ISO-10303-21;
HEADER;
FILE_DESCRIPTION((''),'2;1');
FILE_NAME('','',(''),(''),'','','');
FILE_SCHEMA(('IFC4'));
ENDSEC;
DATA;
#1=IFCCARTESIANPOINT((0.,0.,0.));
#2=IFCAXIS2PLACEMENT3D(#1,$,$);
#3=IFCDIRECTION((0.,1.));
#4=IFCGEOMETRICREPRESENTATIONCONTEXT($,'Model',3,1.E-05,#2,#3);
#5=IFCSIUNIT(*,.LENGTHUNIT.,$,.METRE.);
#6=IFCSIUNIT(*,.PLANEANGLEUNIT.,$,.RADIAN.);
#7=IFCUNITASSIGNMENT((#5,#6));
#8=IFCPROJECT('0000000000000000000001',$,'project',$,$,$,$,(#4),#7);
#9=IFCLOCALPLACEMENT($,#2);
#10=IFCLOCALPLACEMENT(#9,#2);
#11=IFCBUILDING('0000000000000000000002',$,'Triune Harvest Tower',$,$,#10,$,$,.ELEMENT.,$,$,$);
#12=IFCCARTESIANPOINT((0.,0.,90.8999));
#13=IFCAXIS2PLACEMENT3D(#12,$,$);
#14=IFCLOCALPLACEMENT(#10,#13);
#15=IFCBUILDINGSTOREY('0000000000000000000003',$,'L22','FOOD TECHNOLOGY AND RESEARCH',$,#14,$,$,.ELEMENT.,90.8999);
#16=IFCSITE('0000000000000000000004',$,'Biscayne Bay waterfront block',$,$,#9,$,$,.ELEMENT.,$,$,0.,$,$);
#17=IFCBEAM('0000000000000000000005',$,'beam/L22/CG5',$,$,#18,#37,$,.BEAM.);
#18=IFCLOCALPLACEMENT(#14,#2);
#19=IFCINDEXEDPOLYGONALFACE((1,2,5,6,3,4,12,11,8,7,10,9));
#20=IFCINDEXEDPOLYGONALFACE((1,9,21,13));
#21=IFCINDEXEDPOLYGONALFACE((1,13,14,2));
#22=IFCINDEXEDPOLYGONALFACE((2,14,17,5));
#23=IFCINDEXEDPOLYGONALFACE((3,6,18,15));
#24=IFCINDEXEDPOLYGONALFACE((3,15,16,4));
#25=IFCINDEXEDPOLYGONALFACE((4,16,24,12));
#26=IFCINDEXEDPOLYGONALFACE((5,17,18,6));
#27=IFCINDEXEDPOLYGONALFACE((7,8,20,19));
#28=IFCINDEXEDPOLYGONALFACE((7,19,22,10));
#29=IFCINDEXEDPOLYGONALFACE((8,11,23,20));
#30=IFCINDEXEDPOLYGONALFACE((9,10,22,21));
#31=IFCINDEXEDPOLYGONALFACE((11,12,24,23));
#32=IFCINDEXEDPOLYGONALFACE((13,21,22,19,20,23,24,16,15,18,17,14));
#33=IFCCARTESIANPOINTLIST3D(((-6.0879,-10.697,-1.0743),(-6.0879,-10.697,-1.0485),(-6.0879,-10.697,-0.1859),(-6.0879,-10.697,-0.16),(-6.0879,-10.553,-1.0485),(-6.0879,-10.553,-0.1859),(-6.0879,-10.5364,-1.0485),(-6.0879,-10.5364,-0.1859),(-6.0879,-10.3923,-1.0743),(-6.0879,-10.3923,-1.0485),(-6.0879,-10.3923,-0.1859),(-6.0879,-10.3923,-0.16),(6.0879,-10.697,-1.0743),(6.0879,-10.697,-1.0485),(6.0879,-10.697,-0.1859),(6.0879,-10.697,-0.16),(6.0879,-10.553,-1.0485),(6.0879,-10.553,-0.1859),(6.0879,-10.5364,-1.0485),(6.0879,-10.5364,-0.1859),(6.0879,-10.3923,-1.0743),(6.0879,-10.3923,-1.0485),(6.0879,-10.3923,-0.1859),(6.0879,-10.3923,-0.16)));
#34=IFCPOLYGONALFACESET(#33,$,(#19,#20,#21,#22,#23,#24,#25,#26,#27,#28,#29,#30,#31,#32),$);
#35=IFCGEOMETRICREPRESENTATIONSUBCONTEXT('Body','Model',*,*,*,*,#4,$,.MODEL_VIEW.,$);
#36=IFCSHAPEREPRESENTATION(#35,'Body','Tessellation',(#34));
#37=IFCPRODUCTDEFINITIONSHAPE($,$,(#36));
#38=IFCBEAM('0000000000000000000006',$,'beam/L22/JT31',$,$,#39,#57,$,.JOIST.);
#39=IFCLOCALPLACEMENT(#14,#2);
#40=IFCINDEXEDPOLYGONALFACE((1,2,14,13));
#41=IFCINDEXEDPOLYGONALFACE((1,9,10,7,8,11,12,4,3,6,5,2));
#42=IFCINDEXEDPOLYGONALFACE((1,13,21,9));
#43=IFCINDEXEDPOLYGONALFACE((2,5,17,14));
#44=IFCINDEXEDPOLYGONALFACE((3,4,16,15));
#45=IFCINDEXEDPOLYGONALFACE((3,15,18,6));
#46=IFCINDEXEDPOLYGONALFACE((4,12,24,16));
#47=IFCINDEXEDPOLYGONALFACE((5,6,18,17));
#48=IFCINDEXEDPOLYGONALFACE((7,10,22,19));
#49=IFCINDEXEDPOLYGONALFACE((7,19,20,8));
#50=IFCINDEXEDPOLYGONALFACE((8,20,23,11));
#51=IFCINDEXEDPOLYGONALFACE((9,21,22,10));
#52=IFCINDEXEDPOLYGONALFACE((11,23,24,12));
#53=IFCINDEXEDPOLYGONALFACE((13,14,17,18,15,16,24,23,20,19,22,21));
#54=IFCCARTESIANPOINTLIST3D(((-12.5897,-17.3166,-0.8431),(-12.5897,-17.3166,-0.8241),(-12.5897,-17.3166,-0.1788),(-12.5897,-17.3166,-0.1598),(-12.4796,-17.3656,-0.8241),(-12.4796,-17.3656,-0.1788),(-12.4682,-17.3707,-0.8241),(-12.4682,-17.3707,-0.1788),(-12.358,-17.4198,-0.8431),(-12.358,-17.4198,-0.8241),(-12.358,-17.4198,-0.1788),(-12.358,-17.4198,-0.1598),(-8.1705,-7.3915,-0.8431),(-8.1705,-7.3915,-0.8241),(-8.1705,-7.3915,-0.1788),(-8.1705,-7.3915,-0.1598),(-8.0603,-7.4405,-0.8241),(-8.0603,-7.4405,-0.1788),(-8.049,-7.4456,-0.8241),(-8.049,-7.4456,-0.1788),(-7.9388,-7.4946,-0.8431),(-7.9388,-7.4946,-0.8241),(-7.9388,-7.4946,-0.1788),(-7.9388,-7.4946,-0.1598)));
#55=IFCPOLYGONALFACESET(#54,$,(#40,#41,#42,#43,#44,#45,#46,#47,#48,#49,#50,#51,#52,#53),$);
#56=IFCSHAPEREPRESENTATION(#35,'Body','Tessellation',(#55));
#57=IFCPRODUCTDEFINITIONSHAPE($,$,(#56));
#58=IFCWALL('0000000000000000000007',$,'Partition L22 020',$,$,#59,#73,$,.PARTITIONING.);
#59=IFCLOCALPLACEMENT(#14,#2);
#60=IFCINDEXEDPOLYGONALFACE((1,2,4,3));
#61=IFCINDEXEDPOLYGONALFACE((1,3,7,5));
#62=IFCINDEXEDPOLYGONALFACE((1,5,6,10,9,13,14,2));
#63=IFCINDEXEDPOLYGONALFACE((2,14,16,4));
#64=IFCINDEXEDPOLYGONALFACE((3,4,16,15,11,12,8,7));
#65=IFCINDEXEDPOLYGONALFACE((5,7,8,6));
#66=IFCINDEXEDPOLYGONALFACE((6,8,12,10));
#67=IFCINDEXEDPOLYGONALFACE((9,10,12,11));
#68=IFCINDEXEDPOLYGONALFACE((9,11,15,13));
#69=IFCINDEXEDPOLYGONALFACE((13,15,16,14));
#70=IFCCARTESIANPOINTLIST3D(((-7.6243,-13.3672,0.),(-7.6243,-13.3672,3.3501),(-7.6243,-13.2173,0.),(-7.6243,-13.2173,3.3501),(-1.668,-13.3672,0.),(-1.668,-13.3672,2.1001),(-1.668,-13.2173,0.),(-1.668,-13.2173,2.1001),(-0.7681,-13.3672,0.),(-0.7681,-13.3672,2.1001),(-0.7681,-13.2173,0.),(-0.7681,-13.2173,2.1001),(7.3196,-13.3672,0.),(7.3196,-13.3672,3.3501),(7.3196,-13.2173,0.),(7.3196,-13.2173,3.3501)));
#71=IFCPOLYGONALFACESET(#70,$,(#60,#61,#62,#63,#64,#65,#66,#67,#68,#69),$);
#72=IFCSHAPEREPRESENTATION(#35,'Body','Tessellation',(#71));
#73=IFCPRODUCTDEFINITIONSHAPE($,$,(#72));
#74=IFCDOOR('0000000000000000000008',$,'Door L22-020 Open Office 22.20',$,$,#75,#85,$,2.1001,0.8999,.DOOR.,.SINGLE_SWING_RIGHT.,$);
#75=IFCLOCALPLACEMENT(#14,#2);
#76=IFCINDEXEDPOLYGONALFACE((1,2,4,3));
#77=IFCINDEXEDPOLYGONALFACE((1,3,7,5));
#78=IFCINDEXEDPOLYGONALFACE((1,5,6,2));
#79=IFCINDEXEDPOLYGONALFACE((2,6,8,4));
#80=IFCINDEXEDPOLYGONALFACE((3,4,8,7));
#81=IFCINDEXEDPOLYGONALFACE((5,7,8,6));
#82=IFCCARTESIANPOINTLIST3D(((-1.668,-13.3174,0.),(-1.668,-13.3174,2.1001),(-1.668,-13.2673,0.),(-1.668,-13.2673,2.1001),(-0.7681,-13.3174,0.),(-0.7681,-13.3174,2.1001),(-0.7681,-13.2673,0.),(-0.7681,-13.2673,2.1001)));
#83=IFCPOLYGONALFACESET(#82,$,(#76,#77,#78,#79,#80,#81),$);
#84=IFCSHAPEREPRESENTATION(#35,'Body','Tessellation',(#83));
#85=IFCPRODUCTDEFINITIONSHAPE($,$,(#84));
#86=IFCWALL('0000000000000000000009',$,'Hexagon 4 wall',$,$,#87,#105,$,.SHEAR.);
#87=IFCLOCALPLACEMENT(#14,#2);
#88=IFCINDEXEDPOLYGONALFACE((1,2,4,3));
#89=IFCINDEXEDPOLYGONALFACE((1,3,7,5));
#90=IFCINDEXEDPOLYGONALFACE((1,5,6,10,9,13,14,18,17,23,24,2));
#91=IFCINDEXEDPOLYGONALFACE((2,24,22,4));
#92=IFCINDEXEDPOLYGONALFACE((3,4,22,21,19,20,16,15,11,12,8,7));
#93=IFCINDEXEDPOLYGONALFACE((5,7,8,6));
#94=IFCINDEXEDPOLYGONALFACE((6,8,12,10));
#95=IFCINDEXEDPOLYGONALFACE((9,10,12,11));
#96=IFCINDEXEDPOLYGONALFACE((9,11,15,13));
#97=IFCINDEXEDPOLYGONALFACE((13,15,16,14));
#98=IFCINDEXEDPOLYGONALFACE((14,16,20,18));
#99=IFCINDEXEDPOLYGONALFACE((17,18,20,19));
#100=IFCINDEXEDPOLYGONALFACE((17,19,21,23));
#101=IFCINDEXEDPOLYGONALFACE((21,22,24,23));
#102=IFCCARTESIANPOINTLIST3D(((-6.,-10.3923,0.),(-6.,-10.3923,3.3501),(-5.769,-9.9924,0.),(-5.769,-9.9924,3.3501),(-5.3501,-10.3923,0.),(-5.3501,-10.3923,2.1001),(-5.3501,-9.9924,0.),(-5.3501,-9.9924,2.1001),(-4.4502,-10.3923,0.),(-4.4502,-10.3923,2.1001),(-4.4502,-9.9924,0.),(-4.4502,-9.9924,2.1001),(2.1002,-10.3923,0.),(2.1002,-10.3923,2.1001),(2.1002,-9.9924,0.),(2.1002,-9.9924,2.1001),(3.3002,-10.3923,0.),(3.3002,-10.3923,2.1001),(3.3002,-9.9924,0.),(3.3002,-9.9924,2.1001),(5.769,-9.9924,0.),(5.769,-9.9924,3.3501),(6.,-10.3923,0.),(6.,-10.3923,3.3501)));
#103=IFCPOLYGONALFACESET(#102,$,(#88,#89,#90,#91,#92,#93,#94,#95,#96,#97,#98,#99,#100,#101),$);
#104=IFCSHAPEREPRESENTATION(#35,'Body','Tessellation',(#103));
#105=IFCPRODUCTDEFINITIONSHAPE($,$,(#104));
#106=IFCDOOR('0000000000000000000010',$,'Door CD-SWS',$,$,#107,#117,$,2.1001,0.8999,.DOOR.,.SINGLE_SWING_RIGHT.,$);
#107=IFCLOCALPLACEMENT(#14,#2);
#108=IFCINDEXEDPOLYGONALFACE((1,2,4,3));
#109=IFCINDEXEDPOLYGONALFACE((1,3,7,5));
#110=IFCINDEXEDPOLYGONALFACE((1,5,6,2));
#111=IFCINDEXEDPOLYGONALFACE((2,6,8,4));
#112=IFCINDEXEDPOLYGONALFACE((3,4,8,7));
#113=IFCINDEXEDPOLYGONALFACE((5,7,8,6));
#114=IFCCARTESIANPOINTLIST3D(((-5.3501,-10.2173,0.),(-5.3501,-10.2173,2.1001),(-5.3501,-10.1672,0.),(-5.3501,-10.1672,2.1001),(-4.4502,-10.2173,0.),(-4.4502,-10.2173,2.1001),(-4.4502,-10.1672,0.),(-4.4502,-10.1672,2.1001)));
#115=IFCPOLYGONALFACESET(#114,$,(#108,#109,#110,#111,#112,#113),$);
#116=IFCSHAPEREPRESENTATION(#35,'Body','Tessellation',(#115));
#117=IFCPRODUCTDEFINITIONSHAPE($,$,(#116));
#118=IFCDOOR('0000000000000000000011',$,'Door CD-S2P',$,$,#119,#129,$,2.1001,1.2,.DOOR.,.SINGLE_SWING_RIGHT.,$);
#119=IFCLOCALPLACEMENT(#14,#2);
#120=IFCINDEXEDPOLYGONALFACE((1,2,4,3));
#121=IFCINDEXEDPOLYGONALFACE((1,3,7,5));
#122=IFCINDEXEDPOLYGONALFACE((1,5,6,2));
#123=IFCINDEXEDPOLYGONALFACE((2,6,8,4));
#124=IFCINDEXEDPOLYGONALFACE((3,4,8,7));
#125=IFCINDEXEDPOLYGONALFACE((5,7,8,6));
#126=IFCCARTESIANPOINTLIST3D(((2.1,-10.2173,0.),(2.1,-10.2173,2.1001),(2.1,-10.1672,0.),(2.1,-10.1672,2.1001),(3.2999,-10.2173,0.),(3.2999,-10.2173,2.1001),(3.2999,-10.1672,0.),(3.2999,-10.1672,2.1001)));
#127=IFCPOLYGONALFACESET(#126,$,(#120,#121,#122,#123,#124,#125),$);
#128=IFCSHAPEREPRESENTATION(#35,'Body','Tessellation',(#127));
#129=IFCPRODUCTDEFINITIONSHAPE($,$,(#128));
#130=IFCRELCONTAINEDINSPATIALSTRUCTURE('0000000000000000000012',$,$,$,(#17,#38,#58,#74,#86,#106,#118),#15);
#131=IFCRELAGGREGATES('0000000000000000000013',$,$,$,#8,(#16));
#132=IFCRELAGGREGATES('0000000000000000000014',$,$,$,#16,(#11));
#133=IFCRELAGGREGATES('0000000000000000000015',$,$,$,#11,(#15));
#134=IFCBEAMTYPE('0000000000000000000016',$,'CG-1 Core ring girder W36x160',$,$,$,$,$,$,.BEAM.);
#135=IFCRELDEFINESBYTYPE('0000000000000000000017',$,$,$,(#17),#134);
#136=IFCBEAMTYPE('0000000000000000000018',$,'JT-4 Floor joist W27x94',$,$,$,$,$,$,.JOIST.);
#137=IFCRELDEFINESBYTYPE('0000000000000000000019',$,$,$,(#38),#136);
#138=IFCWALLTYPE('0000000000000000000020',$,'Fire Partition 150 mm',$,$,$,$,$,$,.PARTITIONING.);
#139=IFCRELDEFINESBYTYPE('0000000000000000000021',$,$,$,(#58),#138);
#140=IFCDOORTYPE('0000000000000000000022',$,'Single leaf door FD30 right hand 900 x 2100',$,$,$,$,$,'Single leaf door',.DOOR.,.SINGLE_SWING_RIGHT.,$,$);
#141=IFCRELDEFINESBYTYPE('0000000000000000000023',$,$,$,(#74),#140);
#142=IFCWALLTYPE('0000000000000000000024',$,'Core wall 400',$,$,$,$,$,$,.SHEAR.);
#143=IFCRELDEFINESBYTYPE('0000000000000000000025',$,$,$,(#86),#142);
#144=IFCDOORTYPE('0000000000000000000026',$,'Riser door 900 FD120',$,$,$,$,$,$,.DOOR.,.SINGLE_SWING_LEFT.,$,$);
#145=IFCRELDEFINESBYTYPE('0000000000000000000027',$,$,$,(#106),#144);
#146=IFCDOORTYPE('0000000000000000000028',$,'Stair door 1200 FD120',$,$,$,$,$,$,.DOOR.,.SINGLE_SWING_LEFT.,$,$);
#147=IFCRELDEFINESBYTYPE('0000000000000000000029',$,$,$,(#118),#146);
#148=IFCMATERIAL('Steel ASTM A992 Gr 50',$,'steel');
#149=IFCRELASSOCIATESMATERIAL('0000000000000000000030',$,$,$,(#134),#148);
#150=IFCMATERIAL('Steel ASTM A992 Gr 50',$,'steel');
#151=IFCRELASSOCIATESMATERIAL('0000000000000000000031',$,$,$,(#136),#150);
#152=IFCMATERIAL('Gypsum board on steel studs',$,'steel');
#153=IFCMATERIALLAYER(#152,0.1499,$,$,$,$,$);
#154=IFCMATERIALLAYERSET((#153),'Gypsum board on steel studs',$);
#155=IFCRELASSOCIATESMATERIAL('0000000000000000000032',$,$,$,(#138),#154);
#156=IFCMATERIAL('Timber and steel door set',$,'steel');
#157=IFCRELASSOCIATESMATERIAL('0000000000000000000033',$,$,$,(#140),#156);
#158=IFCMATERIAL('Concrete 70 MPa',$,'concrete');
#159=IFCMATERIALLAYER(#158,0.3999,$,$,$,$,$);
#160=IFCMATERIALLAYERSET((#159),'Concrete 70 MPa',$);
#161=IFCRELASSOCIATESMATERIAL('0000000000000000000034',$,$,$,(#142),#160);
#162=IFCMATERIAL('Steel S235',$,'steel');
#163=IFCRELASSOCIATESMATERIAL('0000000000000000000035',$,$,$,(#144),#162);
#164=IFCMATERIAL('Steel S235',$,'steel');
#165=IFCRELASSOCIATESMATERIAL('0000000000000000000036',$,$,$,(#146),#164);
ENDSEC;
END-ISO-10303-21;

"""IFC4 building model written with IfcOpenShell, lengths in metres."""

from ifc_helpers import new_model, si_unit, direction, frame, frame_2d, origin, origin_2d, place, context, subcontext, project, spatial, polyline, rectangle, i_section, outline, extrude, source, transform, mapped, material, layer, layer_set, material_profile, profile_set, type_object, element, fill, save


model = new_model("IFC4")

# Units and contexts
model_context = context("Model", 3, precision=1e-05, world=origin(), true_north=direction((0.0, 1.0)))
body_context = subcontext(model_context, "Body", "Model", "MODEL_VIEW")
ifc_project = project(units=[si_unit("LENGTHUNIT", "METRE"), si_unit("PLANEANGLEUNIT", "RADIAN")], contexts=[model_context])

# Site, building, storey
site_placement = place(None, origin())
site = spatial("IfcSite", under=ifc_project, at=site_placement, Name="Biscayne Bay waterfront block", CompositionType="ELEMENT", RefElevation=0.0)
building_placement = place(site_placement, origin())
building = spatial("IfcBuilding", under=site, at=building_placement, Name="Triune Harvest Tower", CompositionType="ELEMENT")
storey_placement = place(building_placement, frame((0.0, 0.0, 90.8999)))
storey = spatial("IfcBuildingStorey", under=building, at=storey_placement, Name="L22", Description="FOOD TECHNOLOGY AND RESEARCH", CompositionType="ELEMENT", Elevation=90.8999)

# Beams
ifc_material_1 = material(Name="Steel ASTM A992 Gr 50", Category="steel")
ifc_material_profile_1 = material_profile(ifc_material_1, i_section(OverallWidth=0.3047, OverallDepth=0.9143, WebThickness=0.0166, FlangeThickness=0.0259, at=origin_2d()), Name="W36x160")
ifc_profile_set_1 = profile_set([ifc_material_profile_1], Name="Steel ASTM A992 Gr 50")
beam_type_1 = type_object("IfcBeamType", Name="CG-1 Core ring girder W36x160", PredefinedType="BEAM", material=ifc_profile_set_1)
shared_shape_1 = source(origin(), body_context, "Body", "SweptSolid", [
    extrude(i_section(OverallWidth=0.3047, OverallDepth=0.9143, WebThickness=0.0166, FlangeThickness=0.0259, at=origin_2d()), origin(), (0.0, 0.0, 1.0), 12.1758),
])
beam_1_placement = place(storey_placement, frame((-6.0879, -10.5447, -0.6172), z_axis=(1.0, 0.0, 0.0), x_axis=(0.0, 1.0, 0.0)))
element("IfcBeam", 1, at=beam_1_placement, inside=storey, type_object=beam_type_1, Name="beam/L22/CG5", PredefinedType="BEAM", context=body_context, shape_type="MappedRepresentation", body=[
    mapped(shared_shape_1, transform((0.0, 0.0, 0.0), scale=1.0)),
])
ifc_material_2 = material(Name="Steel ASTM A992 Gr 50", Category="steel")
ifc_material_profile_2 = material_profile(ifc_material_2, i_section(OverallWidth=0.2537, OverallDepth=0.6833, WebThickness=0.0125, FlangeThickness=0.019, at=origin_2d()), Name="W27x94")
ifc_profile_set_2 = profile_set([ifc_material_profile_2], Name="Steel ASTM A992 Gr 50")
beam_type_2 = type_object("IfcBeamType", Name="JT-4 Floor joist W27x94", PredefinedType="JOIST", material=ifc_profile_set_2)
shared_shape_2 = source(origin(), body_context, "Body", "SweptSolid", [
    extrude(i_section(OverallWidth=0.2537, OverallDepth=0.6833, WebThickness=0.0125, FlangeThickness=0.019, at=origin_2d()), origin(), (0.0, 0.0, 1.0), 10.8645),
])
beam_2_placement = place(storey_placement, frame((-12.4739, -17.3682, -0.5015), z_axis=(0.406758, 0.913536, 0.0), x_axis=(-0.913536, 0.406758, 0.0)))
element("IfcBeam", 2, at=beam_2_placement, inside=storey, type_object=beam_type_2, Name="beam/L22/JT31", PredefinedType="JOIST", context=body_context, shape_type="MappedRepresentation", body=[
    mapped(shared_shape_2, transform((0.0, 0.0, 0.0), scale=1.0)),
])

# Wall, opening, door
ifc_material_3 = material(Name="Gypsum board on steel studs", Category="steel")
ifc_layer_1 = layer(ifc_material_3, 0.1499)
ifc_layer_set_1 = layer_set([ifc_layer_1], Name="Gypsum board on steel studs")
wall_type_1 = type_object("IfcWallType", Name="Fire Partition 150 mm", PredefinedType="PARTITIONING", material=ifc_layer_set_1)
wall_1_placement = place(storey_placement, frame((-7.6243, -13.2922, 0.0), z_axis=(0.0, 0.0, 1.0), x_axis=(1.0, 0.0, 0.0)))
wall_1 = element("IfcWall", 3, at=wall_1_placement, inside=storey, type_object=wall_type_1, Name="Partition L22 020", PredefinedType="PARTITIONING", context=body_context, shape_type="SweptSolid", body=[
    extrude(rectangle(XDim=14.9438, YDim=0.1499, at=frame_2d((7.4719, 0.0))), origin(), (0.0, 0.0, 1.0), 3.3501),
])
opening_1_placement = place(wall_1_placement, frame((5.9563, 0.0, 0.0)))
opening_1 = element("IfcOpeningElement", 4, at=opening_1_placement, cuts=wall_1, PredefinedType="OPENING", context=body_context, shape_type="SweptSolid", body=[
    extrude(rectangle(XDim=0.8999, YDim=2.1001, at=frame_2d((0.45, 1.05))), frame((0.0, 0.085, 0.0), z_axis=(0.0, -1.0, 0.0), x_axis=(1.0, 0.0, 0.0)), (0.0, 0.0, 1.0), 0.1699),
])
ifc_material_4 = material(Name="Timber and steel door set", Category="steel")
door_type_1 = type_object("IfcDoorType", Name="Single leaf door FD30 right hand 900 x 2100", ElementType="Single leaf door", OperationType="SINGLE_SWING_RIGHT", PredefinedType="DOOR", material=ifc_material_4)
door_1_placement = place(opening_1_placement, origin())
door_1 = element("IfcDoor", 5, at=door_1_placement, inside=storey, type_object=door_type_1, Name="Door L22-020 Open Office 22.20", OperationType="SINGLE_SWING_RIGHT", OverallHeight=2.1001, OverallWidth=0.8999, PredefinedType="DOOR", context=body_context, shape_type="SweptSolid", body=[
    extrude(rectangle(XDim=0.8999, YDim=2.1001, at=frame_2d((0.45, 1.05))), frame((0.0, 0.0249, 0.0), z_axis=(0.0, -1.0, 0.0), x_axis=(1.0, 0.0, 0.0)), (0.0, 0.0, 1.0), 0.05),
])
fill(opening_1, door_1)

# Wall, openings, doors
ifc_material_5 = material(Name="Concrete 70 MPa", Category="concrete")
ifc_layer_2 = layer(ifc_material_5, 0.3999)
ifc_layer_set_2 = layer_set([ifc_layer_2], Name="Concrete 70 MPa")
wall_type_2 = type_object("IfcWallType", Name="Core wall 400", PredefinedType="SHEAR", material=ifc_layer_set_2)
shared_shape_3 = source(origin(), body_context, "Body", "SweptSolid", [
    extrude(outline(polyline([(-0.1155, -0.2), (11.8845, -0.2), (11.6536, 0.2), (0.1155, 0.2), (-0.1155, -0.2)])), origin(), (0.0, 0.0, 1.0), 3.3501),
])
wall_2_placement = place(storey_placement, frame((-5.8845, -10.1924, 0.0), z_axis=(0.0, 0.0, 1.0), x_axis=(1.0, 0.0, 0.0)))
wall_2 = element("IfcWall", 6, at=wall_2_placement, inside=storey, type_object=wall_type_2, Name="Hexagon 4 wall", PredefinedType="SHEAR", context=body_context, shape_type="MappedRepresentation", body=[
    mapped(shared_shape_3, transform((0.0, 0.0, 0.0), scale=1.0)),
])
opening_2_placement = place(wall_2_placement, frame((7.9846, 0.0, 0.0)))
opening_2 = element("IfcOpeningElement", 7, at=opening_2_placement, cuts=wall_2, PredefinedType="OPENING", context=body_context, shape_type="SweptSolid", body=[
    extrude(rectangle(XDim=1.2, YDim=2.1001, at=frame_2d((0.6001, 1.05))), frame((0.0, 0.21, 0.0), z_axis=(0.0, -1.0, 0.0), x_axis=(1.0, 0.0, 0.0)), (0.0, 0.0, 1.0), 0.4199),
])
opening_3_placement = place(wall_2_placement, frame((0.5344, 0.0, 0.0)))
opening_3 = element("IfcOpeningElement", 8, at=opening_3_placement, cuts=wall_2, PredefinedType="OPENING", context=body_context, shape_type="SweptSolid", body=[
    extrude(rectangle(XDim=0.8999, YDim=2.1001, at=frame_2d((0.45, 1.05))), frame((0.0, 0.21, 0.0), z_axis=(0.0, -1.0, 0.0), x_axis=(1.0, 0.0, 0.0)), (0.0, 0.0, 1.0), 0.4199),
])
ifc_material_6 = material(Name="Steel S235", Category="steel")
door_type_2 = type_object("IfcDoorType", Name="Riser door 900 FD120", OperationType="SINGLE_SWING_LEFT", PredefinedType="DOOR", material=ifc_material_6)
door_2_placement = place(opening_3_placement, frame((0.8999, 0.0, 0.0), z_axis=(0.0, 0.0, 1.0), x_axis=(-1.0, 0.0, 0.0)))
door_2 = element("IfcDoor", 9, at=door_2_placement, inside=storey, type_object=door_type_2, Name="Door CD-SWS", OperationType="SINGLE_SWING_RIGHT", OverallHeight=2.1001, OverallWidth=0.8999, PredefinedType="DOOR", context=body_context, shape_type="SweptSolid", body=[
    extrude(rectangle(XDim=0.8999, YDim=2.1001, at=frame_2d((0.45, 1.05))), frame((0.0, 0.0249, 0.0), z_axis=(0.0, -1.0, 0.0), x_axis=(1.0, 0.0, 0.0)), (0.0, 0.0, 1.0), 0.05),
])
fill(opening_3, door_2)
ifc_material_7 = material(Name="Steel S235", Category="steel")
door_type_3 = type_object("IfcDoorType", Name="Stair door 1200 FD120", OperationType="SINGLE_SWING_LEFT", PredefinedType="DOOR", material=ifc_material_7)
door_3_placement = place(opening_2_placement, frame((1.2, 0.0, 0.0), z_axis=(0.0, 0.0, 1.0), x_axis=(-1.0, 0.0, 0.0)))
door_3 = element("IfcDoor", 10, at=door_3_placement, inside=storey, type_object=door_type_3, Name="Door CD-S2P", OperationType="SINGLE_SWING_RIGHT", OverallHeight=2.1001, OverallWidth=1.2, PredefinedType="DOOR", context=body_context, shape_type="SweptSolid", body=[
    extrude(rectangle(XDim=1.2, YDim=2.1001, at=frame_2d((0.6001, 1.05))), frame((0.0, 0.0249, 0.0), z_axis=(0.0, -1.0, 0.0), x_axis=(1.0, 0.0, 0.0)), (0.0, 0.0, 1.0), 0.05),
])
fill(opening_2, door_3)

save(model, "model.ifc")
